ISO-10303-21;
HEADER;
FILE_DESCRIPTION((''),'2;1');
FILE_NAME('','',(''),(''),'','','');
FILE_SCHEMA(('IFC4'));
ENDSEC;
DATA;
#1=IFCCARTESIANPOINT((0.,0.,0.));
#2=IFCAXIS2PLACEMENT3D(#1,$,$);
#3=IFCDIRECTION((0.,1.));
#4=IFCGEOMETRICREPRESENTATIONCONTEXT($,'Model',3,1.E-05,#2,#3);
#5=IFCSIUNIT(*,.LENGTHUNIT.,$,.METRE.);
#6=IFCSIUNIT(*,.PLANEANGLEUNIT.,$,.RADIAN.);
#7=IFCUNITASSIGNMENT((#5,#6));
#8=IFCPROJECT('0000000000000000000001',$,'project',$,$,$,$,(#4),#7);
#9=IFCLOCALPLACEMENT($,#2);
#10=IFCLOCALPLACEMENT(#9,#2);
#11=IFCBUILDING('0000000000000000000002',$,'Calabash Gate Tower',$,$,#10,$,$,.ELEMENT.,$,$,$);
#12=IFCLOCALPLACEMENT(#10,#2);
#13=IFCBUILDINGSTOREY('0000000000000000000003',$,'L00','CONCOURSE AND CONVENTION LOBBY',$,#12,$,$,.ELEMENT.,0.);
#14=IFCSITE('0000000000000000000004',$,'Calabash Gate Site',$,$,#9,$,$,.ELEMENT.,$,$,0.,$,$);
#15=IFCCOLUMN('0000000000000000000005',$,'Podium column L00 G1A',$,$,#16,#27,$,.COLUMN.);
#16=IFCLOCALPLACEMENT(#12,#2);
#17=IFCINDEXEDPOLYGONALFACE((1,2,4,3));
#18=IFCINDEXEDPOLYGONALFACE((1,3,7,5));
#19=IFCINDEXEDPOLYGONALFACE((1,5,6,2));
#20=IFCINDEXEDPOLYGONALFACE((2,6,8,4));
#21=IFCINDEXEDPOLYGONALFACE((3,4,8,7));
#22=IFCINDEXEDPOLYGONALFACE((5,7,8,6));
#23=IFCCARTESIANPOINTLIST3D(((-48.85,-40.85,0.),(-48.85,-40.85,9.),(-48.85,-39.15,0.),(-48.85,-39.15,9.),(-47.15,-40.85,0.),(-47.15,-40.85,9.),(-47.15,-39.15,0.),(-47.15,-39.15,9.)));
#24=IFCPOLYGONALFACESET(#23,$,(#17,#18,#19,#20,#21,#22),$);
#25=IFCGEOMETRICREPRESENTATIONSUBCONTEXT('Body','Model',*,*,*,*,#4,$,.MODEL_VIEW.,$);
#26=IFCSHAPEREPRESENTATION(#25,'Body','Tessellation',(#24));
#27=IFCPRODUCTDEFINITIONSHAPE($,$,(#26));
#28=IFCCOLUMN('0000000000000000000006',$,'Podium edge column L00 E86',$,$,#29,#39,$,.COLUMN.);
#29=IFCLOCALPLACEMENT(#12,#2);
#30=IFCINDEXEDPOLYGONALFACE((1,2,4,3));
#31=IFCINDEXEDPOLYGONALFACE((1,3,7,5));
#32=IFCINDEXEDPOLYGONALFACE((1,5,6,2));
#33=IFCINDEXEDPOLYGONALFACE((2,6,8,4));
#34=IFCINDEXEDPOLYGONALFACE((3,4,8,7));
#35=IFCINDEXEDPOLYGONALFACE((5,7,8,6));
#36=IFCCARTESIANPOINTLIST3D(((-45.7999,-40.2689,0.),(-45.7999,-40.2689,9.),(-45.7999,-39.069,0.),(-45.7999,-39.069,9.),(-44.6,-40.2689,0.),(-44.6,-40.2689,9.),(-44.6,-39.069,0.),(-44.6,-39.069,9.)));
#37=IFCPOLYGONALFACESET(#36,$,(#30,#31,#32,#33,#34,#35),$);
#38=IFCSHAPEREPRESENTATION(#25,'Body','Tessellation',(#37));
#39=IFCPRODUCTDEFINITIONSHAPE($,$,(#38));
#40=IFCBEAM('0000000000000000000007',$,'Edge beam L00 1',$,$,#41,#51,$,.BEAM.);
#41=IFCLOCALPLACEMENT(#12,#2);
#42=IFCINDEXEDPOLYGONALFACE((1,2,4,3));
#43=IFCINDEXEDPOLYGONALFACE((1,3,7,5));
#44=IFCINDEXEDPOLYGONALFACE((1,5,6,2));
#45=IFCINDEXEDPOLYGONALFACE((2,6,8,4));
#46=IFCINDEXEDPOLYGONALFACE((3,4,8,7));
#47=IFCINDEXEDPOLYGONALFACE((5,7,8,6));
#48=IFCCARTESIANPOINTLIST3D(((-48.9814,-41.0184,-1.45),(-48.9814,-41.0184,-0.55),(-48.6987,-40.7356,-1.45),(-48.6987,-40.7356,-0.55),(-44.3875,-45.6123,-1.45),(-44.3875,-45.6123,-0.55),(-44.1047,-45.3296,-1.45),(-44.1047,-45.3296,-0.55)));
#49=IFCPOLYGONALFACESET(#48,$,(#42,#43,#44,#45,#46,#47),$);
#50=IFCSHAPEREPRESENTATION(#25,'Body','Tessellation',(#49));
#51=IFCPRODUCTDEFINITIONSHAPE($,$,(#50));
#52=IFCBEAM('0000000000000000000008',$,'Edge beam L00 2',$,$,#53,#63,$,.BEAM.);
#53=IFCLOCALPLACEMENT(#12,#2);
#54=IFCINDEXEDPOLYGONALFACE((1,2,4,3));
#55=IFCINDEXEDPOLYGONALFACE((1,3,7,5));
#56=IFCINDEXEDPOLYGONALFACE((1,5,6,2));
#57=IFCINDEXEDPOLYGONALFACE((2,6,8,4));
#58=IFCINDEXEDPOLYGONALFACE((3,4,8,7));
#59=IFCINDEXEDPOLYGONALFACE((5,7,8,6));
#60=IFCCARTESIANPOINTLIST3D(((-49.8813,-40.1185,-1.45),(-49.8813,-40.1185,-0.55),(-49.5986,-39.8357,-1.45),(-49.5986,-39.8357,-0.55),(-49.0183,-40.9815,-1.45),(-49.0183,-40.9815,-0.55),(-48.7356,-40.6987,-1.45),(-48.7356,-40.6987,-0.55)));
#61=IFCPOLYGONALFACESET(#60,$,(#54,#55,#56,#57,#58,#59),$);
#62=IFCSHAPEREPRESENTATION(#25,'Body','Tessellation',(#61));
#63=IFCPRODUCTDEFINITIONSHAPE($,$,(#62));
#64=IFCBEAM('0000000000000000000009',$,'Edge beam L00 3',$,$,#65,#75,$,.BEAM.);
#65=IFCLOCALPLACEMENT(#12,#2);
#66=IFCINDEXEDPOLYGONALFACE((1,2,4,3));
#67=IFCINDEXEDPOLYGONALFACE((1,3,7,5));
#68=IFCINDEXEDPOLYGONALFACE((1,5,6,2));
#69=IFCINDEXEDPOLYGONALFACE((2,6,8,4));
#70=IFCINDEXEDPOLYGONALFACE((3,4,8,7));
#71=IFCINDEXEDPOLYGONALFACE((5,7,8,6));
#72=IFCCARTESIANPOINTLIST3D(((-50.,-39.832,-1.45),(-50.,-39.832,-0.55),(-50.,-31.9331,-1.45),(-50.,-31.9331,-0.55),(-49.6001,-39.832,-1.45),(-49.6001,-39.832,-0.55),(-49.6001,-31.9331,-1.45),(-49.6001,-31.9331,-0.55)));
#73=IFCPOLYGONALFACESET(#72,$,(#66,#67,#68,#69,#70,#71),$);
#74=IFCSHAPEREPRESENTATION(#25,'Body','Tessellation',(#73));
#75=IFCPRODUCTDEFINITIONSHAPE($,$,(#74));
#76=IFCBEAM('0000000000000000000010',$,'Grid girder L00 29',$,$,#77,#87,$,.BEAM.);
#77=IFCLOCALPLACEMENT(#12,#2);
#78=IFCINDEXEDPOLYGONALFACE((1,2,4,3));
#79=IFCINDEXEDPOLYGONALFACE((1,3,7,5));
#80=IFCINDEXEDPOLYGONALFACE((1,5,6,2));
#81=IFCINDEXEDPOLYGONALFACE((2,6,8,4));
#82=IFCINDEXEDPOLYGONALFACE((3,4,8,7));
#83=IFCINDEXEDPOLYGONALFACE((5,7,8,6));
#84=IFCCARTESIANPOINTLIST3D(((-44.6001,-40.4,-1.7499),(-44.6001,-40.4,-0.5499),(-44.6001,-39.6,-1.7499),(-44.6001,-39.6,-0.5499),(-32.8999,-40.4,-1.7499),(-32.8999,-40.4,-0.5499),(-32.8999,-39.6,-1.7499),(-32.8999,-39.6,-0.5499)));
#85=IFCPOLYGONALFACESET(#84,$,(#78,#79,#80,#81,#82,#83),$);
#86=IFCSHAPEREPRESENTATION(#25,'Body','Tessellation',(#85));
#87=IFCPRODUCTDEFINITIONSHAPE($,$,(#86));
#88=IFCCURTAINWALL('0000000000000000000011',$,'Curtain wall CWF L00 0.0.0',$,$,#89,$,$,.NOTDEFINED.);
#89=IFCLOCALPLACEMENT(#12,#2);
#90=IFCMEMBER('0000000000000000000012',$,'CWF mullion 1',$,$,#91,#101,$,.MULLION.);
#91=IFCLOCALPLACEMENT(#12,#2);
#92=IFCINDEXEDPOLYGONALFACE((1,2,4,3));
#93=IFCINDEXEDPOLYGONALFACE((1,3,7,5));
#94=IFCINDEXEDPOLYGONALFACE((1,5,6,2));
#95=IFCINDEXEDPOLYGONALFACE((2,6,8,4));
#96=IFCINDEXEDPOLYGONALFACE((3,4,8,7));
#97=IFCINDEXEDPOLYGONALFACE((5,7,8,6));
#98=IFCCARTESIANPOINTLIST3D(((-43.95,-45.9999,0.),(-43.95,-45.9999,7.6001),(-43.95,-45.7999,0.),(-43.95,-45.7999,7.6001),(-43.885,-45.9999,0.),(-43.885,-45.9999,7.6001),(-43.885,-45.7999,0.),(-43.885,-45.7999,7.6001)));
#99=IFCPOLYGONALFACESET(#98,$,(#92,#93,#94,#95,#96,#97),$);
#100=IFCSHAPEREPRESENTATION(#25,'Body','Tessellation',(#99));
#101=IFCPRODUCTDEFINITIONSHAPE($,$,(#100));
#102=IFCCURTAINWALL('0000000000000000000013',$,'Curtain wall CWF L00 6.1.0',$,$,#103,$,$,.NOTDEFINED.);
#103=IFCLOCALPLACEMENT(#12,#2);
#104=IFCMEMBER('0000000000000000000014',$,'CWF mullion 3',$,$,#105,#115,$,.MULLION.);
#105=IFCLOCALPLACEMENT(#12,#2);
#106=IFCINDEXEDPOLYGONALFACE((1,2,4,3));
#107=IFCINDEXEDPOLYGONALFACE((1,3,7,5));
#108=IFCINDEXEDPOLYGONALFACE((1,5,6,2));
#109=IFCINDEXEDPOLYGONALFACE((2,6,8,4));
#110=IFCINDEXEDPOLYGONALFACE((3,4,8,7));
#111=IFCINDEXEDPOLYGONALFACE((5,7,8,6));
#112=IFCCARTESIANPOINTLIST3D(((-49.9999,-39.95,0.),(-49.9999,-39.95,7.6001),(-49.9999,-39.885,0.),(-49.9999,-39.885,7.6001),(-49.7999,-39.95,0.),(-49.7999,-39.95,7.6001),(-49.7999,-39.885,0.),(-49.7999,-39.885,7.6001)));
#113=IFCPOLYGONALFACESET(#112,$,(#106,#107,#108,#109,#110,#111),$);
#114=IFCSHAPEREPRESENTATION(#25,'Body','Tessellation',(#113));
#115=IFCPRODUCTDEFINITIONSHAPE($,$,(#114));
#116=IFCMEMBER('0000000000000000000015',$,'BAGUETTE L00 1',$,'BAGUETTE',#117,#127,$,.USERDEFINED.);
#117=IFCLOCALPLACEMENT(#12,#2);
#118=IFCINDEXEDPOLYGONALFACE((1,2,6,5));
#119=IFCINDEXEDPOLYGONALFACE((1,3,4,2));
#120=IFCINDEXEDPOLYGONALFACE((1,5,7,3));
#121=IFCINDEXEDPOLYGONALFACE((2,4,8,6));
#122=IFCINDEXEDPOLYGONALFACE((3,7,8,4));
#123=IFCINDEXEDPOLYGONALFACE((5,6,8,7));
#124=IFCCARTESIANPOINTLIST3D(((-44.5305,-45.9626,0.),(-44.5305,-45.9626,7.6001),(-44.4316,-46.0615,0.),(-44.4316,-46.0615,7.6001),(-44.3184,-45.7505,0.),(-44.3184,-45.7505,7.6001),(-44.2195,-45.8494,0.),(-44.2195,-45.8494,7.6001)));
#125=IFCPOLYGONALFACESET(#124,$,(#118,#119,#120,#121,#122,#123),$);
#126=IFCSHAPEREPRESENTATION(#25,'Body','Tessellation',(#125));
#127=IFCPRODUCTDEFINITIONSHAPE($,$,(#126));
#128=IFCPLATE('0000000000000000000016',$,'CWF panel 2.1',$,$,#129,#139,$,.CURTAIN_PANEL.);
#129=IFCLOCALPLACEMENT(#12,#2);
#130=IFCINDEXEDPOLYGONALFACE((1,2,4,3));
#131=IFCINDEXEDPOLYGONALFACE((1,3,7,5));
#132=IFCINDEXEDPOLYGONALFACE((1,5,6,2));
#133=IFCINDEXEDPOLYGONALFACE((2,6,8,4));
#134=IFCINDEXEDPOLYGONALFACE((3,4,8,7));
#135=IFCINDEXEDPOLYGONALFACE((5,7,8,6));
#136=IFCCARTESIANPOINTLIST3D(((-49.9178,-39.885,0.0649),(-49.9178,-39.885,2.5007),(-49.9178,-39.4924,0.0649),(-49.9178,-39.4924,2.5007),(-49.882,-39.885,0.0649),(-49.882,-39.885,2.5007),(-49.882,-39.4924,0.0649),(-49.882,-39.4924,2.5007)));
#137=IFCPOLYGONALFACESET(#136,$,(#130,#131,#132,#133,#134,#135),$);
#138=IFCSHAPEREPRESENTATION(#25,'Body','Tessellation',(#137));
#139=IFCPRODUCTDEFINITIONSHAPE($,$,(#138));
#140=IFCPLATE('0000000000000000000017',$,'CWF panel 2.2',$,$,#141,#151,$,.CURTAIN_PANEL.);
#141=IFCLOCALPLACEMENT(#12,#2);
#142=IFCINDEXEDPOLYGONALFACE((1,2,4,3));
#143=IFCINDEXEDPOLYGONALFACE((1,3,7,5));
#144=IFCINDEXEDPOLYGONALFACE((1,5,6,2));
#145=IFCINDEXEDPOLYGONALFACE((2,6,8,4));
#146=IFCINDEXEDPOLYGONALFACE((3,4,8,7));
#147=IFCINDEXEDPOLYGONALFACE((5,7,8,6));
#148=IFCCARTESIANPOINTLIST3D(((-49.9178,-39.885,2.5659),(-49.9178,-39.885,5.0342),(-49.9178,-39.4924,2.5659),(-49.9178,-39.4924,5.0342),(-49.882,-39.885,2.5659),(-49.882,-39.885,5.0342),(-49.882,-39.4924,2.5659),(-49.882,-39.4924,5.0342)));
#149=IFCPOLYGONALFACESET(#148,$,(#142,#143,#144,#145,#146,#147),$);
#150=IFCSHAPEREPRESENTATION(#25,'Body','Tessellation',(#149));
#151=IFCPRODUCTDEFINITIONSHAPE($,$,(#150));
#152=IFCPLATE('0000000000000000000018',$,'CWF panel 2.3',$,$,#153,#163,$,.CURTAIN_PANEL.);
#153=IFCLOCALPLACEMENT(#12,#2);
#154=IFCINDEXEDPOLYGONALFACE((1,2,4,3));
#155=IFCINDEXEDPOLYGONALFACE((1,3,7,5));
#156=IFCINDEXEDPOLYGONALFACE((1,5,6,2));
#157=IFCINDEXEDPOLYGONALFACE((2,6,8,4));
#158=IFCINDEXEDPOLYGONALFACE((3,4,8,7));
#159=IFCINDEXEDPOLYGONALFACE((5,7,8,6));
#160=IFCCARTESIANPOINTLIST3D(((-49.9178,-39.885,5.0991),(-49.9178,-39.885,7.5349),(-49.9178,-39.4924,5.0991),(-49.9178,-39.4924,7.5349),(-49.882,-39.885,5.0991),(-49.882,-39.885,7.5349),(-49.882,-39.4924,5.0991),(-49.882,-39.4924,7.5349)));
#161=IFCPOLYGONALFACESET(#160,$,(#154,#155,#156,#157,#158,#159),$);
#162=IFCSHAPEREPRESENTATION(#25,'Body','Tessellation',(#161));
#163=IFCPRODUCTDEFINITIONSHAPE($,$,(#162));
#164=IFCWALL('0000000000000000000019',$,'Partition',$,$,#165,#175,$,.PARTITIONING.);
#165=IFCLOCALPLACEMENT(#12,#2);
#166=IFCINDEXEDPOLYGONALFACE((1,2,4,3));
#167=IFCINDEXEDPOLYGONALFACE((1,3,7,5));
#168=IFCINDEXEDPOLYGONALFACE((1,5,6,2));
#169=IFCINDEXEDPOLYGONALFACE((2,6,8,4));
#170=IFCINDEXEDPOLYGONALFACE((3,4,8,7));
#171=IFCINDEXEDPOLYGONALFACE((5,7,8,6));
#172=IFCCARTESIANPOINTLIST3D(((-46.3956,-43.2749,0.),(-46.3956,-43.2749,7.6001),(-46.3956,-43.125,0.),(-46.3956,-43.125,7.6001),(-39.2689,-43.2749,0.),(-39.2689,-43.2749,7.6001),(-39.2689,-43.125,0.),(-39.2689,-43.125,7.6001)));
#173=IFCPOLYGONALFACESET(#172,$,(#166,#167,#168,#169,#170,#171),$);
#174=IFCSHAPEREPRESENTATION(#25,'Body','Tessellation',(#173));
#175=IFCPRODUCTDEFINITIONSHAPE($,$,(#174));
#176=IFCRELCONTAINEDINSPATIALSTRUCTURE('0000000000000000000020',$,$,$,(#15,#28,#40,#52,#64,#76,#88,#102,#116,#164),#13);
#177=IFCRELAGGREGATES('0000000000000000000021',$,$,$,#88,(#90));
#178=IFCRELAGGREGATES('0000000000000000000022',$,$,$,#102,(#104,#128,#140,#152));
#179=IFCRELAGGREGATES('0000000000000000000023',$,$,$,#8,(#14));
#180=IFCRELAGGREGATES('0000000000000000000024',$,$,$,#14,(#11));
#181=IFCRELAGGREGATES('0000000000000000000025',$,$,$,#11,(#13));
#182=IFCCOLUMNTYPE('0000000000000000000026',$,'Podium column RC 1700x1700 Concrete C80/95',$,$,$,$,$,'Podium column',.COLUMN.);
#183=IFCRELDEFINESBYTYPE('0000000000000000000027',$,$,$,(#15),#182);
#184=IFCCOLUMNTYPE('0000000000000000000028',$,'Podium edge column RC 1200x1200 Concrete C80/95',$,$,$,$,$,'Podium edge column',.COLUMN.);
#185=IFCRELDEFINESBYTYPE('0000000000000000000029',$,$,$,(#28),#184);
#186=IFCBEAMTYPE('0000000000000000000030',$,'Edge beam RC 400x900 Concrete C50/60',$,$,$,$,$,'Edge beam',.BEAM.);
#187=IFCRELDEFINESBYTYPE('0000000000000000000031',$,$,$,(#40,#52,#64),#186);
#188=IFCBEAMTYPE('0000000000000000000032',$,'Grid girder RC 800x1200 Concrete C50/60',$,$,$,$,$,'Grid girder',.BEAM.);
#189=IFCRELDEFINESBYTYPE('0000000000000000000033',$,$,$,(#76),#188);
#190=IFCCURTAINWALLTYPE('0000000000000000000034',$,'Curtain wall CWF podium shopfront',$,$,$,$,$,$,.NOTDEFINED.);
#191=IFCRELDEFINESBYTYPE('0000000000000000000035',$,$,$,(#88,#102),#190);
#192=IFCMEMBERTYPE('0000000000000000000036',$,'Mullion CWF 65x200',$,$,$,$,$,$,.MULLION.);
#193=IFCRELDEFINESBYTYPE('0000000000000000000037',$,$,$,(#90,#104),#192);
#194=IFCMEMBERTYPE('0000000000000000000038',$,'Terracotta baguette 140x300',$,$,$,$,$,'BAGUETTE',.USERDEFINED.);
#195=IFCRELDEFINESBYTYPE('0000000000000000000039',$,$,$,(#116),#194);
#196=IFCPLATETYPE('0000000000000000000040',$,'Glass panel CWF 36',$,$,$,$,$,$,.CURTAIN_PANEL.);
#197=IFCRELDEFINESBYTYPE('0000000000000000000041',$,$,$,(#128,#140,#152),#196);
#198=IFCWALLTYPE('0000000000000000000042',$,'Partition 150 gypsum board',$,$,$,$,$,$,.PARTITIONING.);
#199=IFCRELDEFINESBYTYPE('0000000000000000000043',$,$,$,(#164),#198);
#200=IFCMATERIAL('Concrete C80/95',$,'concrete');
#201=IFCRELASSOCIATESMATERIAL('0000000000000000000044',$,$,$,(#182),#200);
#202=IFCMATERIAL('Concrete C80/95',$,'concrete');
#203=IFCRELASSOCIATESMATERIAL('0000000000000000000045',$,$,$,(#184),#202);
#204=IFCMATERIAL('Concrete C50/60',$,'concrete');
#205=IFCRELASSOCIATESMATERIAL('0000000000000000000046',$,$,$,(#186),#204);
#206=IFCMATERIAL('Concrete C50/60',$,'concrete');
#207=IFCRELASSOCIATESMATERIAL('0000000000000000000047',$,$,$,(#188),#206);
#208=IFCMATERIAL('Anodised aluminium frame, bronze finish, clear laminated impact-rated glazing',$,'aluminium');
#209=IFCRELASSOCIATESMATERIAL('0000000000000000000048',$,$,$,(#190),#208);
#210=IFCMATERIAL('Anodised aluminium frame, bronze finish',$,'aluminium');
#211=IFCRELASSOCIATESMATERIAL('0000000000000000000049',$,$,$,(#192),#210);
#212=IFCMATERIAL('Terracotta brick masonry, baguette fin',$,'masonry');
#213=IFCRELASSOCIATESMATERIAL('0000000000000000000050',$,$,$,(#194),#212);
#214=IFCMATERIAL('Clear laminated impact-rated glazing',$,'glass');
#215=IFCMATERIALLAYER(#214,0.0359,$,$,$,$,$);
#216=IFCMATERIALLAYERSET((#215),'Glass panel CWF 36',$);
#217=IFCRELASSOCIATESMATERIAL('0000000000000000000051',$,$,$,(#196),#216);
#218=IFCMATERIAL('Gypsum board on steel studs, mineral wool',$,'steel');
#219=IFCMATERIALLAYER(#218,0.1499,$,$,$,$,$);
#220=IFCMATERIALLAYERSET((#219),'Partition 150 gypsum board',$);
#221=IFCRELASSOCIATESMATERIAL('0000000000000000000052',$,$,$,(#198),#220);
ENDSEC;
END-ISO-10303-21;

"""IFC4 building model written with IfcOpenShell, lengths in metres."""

from ifc_helpers import new_model, si_unit, direction, frame, frame_2d, origin, origin_2d, place, context, subcontext, project, spatial, rectangle, extrude, material, layer, layer_set, material_profile, profile_set, type_object, element, aggregate, save


model = new_model("IFC4")

# Units and contexts
model_context = context("Model", 3, precision=1e-05, world=origin(), true_north=direction((0.0, 1.0)))
body_context = subcontext(model_context, "Body", "Model", "MODEL_VIEW")
ifc_project = project(units=[si_unit("LENGTHUNIT", "METRE"), si_unit("PLANEANGLEUNIT", "RADIAN")], contexts=[model_context])

# Site, building, storey
site_placement = place(None, origin())
site = spatial("IfcSite", under=ifc_project, at=site_placement, Name="Calabash Gate Site", CompositionType="ELEMENT", RefElevation=0.0)
building_placement = place(site_placement, origin())
building = spatial("IfcBuilding", under=site, at=building_placement, Name="Calabash Gate Tower", CompositionType="ELEMENT")
storey_placement = place(building_placement, origin())
storey = spatial("IfcBuildingStorey", under=building, at=storey_placement, Name="L00", Description="CONCOURSE AND CONVENTION LOBBY", CompositionType="ELEMENT", Elevation=0.0)

# Columns
ifc_material_1 = material(Name="Concrete C80/95", Category="concrete")
ifc_material_profile_1 = material_profile(ifc_material_1, rectangle(XDim=1.7, YDim=1.7, at=origin_2d()))
ifc_profile_set_1 = profile_set([ifc_material_profile_1], Name="Concrete C80/95")
column_type_1 = type_object("IfcColumnType", Name="Podium column RC 1700x1700 Concrete C80/95", ElementType="Podium column", PredefinedType="COLUMN", material=ifc_profile_set_1)
column_1_placement = place(storey_placement, frame((-48.0, -40.0, 0.0), z_axis=(0.0, 0.0, 1.0), x_axis=(1.0, 0.0, 0.0)))
element("IfcColumn", 1, at=column_1_placement, inside=storey, type_object=column_type_1, Name="Podium column L00 G1A", PredefinedType="COLUMN", context=body_context, shape_type="SweptSolid", body=[
    extrude(rectangle(XDim=1.7, YDim=1.7, at=origin_2d()), origin(), (0.0, 0.0, 1.0), 9.0),
])
ifc_material_2 = material(Name="Concrete C80/95", Category="concrete")
ifc_material_profile_2 = material_profile(ifc_material_2, rectangle(XDim=1.2, YDim=1.2, at=origin_2d()))
ifc_profile_set_2 = profile_set([ifc_material_profile_2], Name="Concrete C80/95")
column_type_2 = type_object("IfcColumnType", Name="Podium edge column RC 1200x1200 Concrete C80/95", ElementType="Podium edge column", PredefinedType="COLUMN", material=ifc_profile_set_2)
column_2_placement = place(storey_placement, frame((-45.2, -39.6689, 0.0), z_axis=(0.0, 0.0, 1.0), x_axis=(1.0, 0.0, 0.0)))
element("IfcColumn", 2, at=column_2_placement, inside=storey, type_object=column_type_2, Name="Podium edge column L00 E86", PredefinedType="COLUMN", context=body_context, shape_type="SweptSolid", body=[
    extrude(rectangle(XDim=1.2, YDim=1.2, at=origin_2d()), origin(), (0.0, 0.0, 1.0), 9.0),
])

# Beams
ifc_material_3 = material(Name="Concrete C50/60", Category="concrete")
ifc_material_profile_3 = material_profile(ifc_material_3, rectangle(XDim=0.3999, YDim=0.8999, at=origin_2d()))
ifc_profile_set_3 = profile_set([ifc_material_profile_3], Name="Concrete C50/60")
beam_type_1 = type_object("IfcBeamType", Name="Edge beam RC 400x900 Concrete C50/60", ElementType="Edge beam", PredefinedType="BEAM", material=ifc_profile_set_3)
beam_1_placement = place(storey_placement, frame((-44.2461, -45.4709, -1.0), z_axis=(-0.707107, 0.707107, 0.0), x_axis=(-0.707107, -0.707107, 0.0)))
element("IfcBeam", 3, at=beam_1_placement, inside=storey, type_object=beam_type_1, Name="Edge beam L00 1", PredefinedType="BEAM", context=body_context, shape_type="SweptSolid", body=[
    extrude(rectangle(XDim=0.3999, YDim=0.8999, at=origin_2d()), origin(), (0.0, 0.0, 1.0), 6.4968),
])
beam_2_placement = place(storey_placement, frame((-48.877, -40.8401, -1.0), z_axis=(-0.707107, 0.707107, 0.0), x_axis=(-0.707107, -0.707107, 0.0)))
element("IfcBeam", 4, at=beam_2_placement, inside=storey, type_object=beam_type_1, Name="Edge beam L00 2", PredefinedType="BEAM", context=body_context, shape_type="SweptSolid", body=[
    extrude(rectangle(XDim=0.3999, YDim=0.8999, at=origin_2d()), origin(), (0.0, 0.0, 1.0), 1.2205),
])
beam_3_placement = place(storey_placement, frame((-49.8, -39.832, -1.0), z_axis=(0.0, 1.0, 0.0), x_axis=(-1.0, 0.0, 0.0)))
element("IfcBeam", 5, at=beam_3_placement, inside=storey, type_object=beam_type_1, Name="Edge beam L00 3", PredefinedType="BEAM", context=body_context, shape_type="SweptSolid", body=[
    extrude(rectangle(XDim=0.3999, YDim=0.8999, at=origin_2d()), origin(), (0.0, 0.0, 1.0), 7.8989),
])
ifc_material_4 = material(Name="Concrete C50/60", Category="concrete")
ifc_material_profile_4 = material_profile(ifc_material_4, rectangle(XDim=0.8, YDim=1.2, at=origin_2d()))
ifc_profile_set_4 = profile_set([ifc_material_profile_4], Name="Concrete C50/60")
beam_type_2 = type_object("IfcBeamType", Name="Grid girder RC 800x1200 Concrete C50/60", ElementType="Grid girder", PredefinedType="BEAM", material=ifc_profile_set_4)
beam_4_placement = place(storey_placement, frame((-44.6001, -40.0, -1.1499), z_axis=(1.0, 0.0, 0.0), x_axis=(0.0, 1.0, 0.0)))
element("IfcBeam", 6, at=beam_4_placement, inside=storey, type_object=beam_type_2, Name="Grid girder L00 29", PredefinedType="BEAM", context=body_context, shape_type="SweptSolid", body=[
    extrude(rectangle(XDim=0.8, YDim=1.2, at=origin_2d()), origin(), (0.0, 0.0, 1.0), 11.7002),
])

# Curtain walls, members
ifc_material_5 = material(Name="Anodised aluminium frame, bronze finish, clear laminated impact-rated glazing", Category="aluminium")
curtain_wall_type = type_object("IfcCurtainWallType", Name="Curtain wall CWF podium shopfront", PredefinedType="NOTDEFINED", material=ifc_material_5)
curtain_wall_1_placement = place(storey_placement, origin())
curtain_wall_1 = element("IfcCurtainWall", 7, at=curtain_wall_1_placement, inside=storey, type_object=curtain_wall_type, Name="Curtain wall CWF L00 0.0.0", PredefinedType="NOTDEFINED")
ifc_material_6 = material(Name="Anodised aluminium frame, bronze finish", Category="aluminium")
ifc_material_profile_5 = material_profile(ifc_material_6, rectangle(XDim=0.2, YDim=0.0649, at=origin_2d()))
ifc_profile_set_5 = profile_set([ifc_material_profile_5], Name="Anodised aluminium frame, bronze finish")
member_type_1 = type_object("IfcMemberType", Name="Mullion CWF 65x200", PredefinedType="MULLION", material=ifc_profile_set_5)
member_1_placement = place(storey_placement, frame((-43.9175, -45.8999, 0.0), z_axis=(0.0, 0.0, 1.0), x_axis=(0.0, 1.0, 0.0)))
member_1 = element("IfcMember", 8, at=member_1_placement, type_object=member_type_1, Name="CWF mullion 1", PredefinedType="MULLION", context=body_context, shape_type="SweptSolid", body=[
    extrude(rectangle(XDim=0.2, YDim=0.0649, at=origin_2d()), origin(), (0.0, 0.0, 1.0), 7.6001),
])
aggregate(curtain_wall_1, [member_1])
curtain_wall_2_placement = place(storey_placement, origin())
curtain_wall_2 = element("IfcCurtainWall", 9, at=curtain_wall_2_placement, inside=storey, type_object=curtain_wall_type, Name="Curtain wall CWF L00 6.1.0", PredefinedType="NOTDEFINED")
member_2_placement = place(storey_placement, frame((-49.8999, -39.9175, 0.0), z_axis=(0.0, 0.0, 1.0), x_axis=(1.0, 0.0, 0.0)))
member_2 = element("IfcMember", 10, at=member_2_placement, type_object=member_type_1, Name="CWF mullion 3", PredefinedType="MULLION", context=body_context, shape_type="SweptSolid", body=[
    extrude(rectangle(XDim=0.2, YDim=0.0649, at=origin_2d()), origin(), (0.0, 0.0, 1.0), 7.6001),
])

# Member
ifc_material_7 = material(Name="Terracotta brick masonry, baguette fin", Category="masonry")
ifc_material_profile_6 = material_profile(ifc_material_7, rectangle(XDim=0.1399, YDim=0.3, at=origin_2d()))
ifc_profile_set_6 = profile_set([ifc_material_profile_6], Name="Terracotta brick masonry, baguette fin")
member_type_2 = type_object("IfcMemberType", Name="Terracotta baguette 140x300", ElementType="BAGUETTE", PredefinedType="USERDEFINED", material=ifc_profile_set_6)
member_3_placement = place(storey_placement, frame((-44.375, -45.906, 0.0), z_axis=(0.0, 0.0, 1.0), x_axis=(0.707107, -0.707107, 0.0)))
element("IfcMember", 11, at=member_3_placement, inside=storey, type_object=member_type_2, Name="BAGUETTE L00 1", ObjectType="BAGUETTE", PredefinedType="USERDEFINED", context=body_context, shape_type="SweptSolid", body=[
    extrude(rectangle(XDim=0.1399, YDim=0.3, at=origin_2d()), origin(), (0.0, 0.0, 1.0), 7.6001),
])

# Plates
ifc_material_8 = material(Name="Clear laminated impact-rated glazing", Category="glass")
ifc_layer_1 = layer(ifc_material_8, 0.0359)
ifc_layer_set_1 = layer_set([ifc_layer_1], Name="Glass panel CWF 36")
plate_type = type_object("IfcPlateType", Name="Glass panel CWF 36", PredefinedType="CURTAIN_PANEL", material=ifc_layer_set_1)
plate_1_placement = place(storey_placement, frame((-49.8999, -39.6887, 0.0649), z_axis=(0.0, 0.0, 1.0), x_axis=(0.0, -1.0, 0.0)))
plate_1 = element("IfcPlate", 12, at=plate_1_placement, type_object=plate_type, Name="CWF panel 2.1", PredefinedType="CURTAIN_PANEL", context=body_context, shape_type="SweptSolid", body=[
    extrude(rectangle(XDim=0.3926, YDim=0.0359, at=origin_2d()), origin(), (0.0, 0.0, 1.0), 2.4358),
])
plate_2_placement = place(storey_placement, frame((-49.8999, -39.6887, 2.5659), z_axis=(0.0, 0.0, 1.0), x_axis=(0.0, -1.0, 0.0)))
plate_2 = element("IfcPlate", 13, at=plate_2_placement, type_object=plate_type, Name="CWF panel 2.2", PredefinedType="CURTAIN_PANEL", context=body_context, shape_type="SweptSolid", body=[
    extrude(rectangle(XDim=0.3926, YDim=0.0359, at=origin_2d()), origin(), (0.0, 0.0, 1.0), 2.4683),
])
plate_3_placement = place(storey_placement, frame((-49.8999, -39.6887, 5.0991), z_axis=(0.0, 0.0, 1.0), x_axis=(0.0, -1.0, 0.0)))
plate_3 = element("IfcPlate", 14, at=plate_3_placement, type_object=plate_type, Name="CWF panel 2.3", PredefinedType="CURTAIN_PANEL", context=body_context, shape_type="SweptSolid", body=[
    extrude(rectangle(XDim=0.3926, YDim=0.0359, at=origin_2d()), origin(), (0.0, 0.0, 1.0), 2.4358),
])
aggregate(curtain_wall_2, [member_2, plate_1, plate_2, plate_3])

# Wall
ifc_material_9 = material(Name="Gypsum board on steel studs, mineral wool", Category="steel")
ifc_layer_2 = layer(ifc_material_9, 0.1499)
ifc_layer_set_2 = layer_set([ifc_layer_2], Name="Partition 150 gypsum board")
wall_type_1 = type_object("IfcWallType", Name="Partition 150 gypsum board", PredefinedType="PARTITIONING", material=ifc_layer_set_2)
wall_1_placement = place(storey_placement, frame((-46.3958, -43.2, 0.0), z_axis=(0.0, 0.0, 1.0), x_axis=(1.0, 0.0, 0.0)))
element("IfcWall", 15, at=wall_1_placement, inside=storey, type_object=wall_type_1, Name="Partition", PredefinedType="PARTITIONING", context=body_context, shape_type="SweptSolid", body=[
    extrude(rectangle(XDim=7.1267, YDim=0.1499, at=frame_2d((3.5635, 0.0))), origin(), (0.0, 0.0, 1.0), 7.6001),
])

save(model, "model.ifc")
